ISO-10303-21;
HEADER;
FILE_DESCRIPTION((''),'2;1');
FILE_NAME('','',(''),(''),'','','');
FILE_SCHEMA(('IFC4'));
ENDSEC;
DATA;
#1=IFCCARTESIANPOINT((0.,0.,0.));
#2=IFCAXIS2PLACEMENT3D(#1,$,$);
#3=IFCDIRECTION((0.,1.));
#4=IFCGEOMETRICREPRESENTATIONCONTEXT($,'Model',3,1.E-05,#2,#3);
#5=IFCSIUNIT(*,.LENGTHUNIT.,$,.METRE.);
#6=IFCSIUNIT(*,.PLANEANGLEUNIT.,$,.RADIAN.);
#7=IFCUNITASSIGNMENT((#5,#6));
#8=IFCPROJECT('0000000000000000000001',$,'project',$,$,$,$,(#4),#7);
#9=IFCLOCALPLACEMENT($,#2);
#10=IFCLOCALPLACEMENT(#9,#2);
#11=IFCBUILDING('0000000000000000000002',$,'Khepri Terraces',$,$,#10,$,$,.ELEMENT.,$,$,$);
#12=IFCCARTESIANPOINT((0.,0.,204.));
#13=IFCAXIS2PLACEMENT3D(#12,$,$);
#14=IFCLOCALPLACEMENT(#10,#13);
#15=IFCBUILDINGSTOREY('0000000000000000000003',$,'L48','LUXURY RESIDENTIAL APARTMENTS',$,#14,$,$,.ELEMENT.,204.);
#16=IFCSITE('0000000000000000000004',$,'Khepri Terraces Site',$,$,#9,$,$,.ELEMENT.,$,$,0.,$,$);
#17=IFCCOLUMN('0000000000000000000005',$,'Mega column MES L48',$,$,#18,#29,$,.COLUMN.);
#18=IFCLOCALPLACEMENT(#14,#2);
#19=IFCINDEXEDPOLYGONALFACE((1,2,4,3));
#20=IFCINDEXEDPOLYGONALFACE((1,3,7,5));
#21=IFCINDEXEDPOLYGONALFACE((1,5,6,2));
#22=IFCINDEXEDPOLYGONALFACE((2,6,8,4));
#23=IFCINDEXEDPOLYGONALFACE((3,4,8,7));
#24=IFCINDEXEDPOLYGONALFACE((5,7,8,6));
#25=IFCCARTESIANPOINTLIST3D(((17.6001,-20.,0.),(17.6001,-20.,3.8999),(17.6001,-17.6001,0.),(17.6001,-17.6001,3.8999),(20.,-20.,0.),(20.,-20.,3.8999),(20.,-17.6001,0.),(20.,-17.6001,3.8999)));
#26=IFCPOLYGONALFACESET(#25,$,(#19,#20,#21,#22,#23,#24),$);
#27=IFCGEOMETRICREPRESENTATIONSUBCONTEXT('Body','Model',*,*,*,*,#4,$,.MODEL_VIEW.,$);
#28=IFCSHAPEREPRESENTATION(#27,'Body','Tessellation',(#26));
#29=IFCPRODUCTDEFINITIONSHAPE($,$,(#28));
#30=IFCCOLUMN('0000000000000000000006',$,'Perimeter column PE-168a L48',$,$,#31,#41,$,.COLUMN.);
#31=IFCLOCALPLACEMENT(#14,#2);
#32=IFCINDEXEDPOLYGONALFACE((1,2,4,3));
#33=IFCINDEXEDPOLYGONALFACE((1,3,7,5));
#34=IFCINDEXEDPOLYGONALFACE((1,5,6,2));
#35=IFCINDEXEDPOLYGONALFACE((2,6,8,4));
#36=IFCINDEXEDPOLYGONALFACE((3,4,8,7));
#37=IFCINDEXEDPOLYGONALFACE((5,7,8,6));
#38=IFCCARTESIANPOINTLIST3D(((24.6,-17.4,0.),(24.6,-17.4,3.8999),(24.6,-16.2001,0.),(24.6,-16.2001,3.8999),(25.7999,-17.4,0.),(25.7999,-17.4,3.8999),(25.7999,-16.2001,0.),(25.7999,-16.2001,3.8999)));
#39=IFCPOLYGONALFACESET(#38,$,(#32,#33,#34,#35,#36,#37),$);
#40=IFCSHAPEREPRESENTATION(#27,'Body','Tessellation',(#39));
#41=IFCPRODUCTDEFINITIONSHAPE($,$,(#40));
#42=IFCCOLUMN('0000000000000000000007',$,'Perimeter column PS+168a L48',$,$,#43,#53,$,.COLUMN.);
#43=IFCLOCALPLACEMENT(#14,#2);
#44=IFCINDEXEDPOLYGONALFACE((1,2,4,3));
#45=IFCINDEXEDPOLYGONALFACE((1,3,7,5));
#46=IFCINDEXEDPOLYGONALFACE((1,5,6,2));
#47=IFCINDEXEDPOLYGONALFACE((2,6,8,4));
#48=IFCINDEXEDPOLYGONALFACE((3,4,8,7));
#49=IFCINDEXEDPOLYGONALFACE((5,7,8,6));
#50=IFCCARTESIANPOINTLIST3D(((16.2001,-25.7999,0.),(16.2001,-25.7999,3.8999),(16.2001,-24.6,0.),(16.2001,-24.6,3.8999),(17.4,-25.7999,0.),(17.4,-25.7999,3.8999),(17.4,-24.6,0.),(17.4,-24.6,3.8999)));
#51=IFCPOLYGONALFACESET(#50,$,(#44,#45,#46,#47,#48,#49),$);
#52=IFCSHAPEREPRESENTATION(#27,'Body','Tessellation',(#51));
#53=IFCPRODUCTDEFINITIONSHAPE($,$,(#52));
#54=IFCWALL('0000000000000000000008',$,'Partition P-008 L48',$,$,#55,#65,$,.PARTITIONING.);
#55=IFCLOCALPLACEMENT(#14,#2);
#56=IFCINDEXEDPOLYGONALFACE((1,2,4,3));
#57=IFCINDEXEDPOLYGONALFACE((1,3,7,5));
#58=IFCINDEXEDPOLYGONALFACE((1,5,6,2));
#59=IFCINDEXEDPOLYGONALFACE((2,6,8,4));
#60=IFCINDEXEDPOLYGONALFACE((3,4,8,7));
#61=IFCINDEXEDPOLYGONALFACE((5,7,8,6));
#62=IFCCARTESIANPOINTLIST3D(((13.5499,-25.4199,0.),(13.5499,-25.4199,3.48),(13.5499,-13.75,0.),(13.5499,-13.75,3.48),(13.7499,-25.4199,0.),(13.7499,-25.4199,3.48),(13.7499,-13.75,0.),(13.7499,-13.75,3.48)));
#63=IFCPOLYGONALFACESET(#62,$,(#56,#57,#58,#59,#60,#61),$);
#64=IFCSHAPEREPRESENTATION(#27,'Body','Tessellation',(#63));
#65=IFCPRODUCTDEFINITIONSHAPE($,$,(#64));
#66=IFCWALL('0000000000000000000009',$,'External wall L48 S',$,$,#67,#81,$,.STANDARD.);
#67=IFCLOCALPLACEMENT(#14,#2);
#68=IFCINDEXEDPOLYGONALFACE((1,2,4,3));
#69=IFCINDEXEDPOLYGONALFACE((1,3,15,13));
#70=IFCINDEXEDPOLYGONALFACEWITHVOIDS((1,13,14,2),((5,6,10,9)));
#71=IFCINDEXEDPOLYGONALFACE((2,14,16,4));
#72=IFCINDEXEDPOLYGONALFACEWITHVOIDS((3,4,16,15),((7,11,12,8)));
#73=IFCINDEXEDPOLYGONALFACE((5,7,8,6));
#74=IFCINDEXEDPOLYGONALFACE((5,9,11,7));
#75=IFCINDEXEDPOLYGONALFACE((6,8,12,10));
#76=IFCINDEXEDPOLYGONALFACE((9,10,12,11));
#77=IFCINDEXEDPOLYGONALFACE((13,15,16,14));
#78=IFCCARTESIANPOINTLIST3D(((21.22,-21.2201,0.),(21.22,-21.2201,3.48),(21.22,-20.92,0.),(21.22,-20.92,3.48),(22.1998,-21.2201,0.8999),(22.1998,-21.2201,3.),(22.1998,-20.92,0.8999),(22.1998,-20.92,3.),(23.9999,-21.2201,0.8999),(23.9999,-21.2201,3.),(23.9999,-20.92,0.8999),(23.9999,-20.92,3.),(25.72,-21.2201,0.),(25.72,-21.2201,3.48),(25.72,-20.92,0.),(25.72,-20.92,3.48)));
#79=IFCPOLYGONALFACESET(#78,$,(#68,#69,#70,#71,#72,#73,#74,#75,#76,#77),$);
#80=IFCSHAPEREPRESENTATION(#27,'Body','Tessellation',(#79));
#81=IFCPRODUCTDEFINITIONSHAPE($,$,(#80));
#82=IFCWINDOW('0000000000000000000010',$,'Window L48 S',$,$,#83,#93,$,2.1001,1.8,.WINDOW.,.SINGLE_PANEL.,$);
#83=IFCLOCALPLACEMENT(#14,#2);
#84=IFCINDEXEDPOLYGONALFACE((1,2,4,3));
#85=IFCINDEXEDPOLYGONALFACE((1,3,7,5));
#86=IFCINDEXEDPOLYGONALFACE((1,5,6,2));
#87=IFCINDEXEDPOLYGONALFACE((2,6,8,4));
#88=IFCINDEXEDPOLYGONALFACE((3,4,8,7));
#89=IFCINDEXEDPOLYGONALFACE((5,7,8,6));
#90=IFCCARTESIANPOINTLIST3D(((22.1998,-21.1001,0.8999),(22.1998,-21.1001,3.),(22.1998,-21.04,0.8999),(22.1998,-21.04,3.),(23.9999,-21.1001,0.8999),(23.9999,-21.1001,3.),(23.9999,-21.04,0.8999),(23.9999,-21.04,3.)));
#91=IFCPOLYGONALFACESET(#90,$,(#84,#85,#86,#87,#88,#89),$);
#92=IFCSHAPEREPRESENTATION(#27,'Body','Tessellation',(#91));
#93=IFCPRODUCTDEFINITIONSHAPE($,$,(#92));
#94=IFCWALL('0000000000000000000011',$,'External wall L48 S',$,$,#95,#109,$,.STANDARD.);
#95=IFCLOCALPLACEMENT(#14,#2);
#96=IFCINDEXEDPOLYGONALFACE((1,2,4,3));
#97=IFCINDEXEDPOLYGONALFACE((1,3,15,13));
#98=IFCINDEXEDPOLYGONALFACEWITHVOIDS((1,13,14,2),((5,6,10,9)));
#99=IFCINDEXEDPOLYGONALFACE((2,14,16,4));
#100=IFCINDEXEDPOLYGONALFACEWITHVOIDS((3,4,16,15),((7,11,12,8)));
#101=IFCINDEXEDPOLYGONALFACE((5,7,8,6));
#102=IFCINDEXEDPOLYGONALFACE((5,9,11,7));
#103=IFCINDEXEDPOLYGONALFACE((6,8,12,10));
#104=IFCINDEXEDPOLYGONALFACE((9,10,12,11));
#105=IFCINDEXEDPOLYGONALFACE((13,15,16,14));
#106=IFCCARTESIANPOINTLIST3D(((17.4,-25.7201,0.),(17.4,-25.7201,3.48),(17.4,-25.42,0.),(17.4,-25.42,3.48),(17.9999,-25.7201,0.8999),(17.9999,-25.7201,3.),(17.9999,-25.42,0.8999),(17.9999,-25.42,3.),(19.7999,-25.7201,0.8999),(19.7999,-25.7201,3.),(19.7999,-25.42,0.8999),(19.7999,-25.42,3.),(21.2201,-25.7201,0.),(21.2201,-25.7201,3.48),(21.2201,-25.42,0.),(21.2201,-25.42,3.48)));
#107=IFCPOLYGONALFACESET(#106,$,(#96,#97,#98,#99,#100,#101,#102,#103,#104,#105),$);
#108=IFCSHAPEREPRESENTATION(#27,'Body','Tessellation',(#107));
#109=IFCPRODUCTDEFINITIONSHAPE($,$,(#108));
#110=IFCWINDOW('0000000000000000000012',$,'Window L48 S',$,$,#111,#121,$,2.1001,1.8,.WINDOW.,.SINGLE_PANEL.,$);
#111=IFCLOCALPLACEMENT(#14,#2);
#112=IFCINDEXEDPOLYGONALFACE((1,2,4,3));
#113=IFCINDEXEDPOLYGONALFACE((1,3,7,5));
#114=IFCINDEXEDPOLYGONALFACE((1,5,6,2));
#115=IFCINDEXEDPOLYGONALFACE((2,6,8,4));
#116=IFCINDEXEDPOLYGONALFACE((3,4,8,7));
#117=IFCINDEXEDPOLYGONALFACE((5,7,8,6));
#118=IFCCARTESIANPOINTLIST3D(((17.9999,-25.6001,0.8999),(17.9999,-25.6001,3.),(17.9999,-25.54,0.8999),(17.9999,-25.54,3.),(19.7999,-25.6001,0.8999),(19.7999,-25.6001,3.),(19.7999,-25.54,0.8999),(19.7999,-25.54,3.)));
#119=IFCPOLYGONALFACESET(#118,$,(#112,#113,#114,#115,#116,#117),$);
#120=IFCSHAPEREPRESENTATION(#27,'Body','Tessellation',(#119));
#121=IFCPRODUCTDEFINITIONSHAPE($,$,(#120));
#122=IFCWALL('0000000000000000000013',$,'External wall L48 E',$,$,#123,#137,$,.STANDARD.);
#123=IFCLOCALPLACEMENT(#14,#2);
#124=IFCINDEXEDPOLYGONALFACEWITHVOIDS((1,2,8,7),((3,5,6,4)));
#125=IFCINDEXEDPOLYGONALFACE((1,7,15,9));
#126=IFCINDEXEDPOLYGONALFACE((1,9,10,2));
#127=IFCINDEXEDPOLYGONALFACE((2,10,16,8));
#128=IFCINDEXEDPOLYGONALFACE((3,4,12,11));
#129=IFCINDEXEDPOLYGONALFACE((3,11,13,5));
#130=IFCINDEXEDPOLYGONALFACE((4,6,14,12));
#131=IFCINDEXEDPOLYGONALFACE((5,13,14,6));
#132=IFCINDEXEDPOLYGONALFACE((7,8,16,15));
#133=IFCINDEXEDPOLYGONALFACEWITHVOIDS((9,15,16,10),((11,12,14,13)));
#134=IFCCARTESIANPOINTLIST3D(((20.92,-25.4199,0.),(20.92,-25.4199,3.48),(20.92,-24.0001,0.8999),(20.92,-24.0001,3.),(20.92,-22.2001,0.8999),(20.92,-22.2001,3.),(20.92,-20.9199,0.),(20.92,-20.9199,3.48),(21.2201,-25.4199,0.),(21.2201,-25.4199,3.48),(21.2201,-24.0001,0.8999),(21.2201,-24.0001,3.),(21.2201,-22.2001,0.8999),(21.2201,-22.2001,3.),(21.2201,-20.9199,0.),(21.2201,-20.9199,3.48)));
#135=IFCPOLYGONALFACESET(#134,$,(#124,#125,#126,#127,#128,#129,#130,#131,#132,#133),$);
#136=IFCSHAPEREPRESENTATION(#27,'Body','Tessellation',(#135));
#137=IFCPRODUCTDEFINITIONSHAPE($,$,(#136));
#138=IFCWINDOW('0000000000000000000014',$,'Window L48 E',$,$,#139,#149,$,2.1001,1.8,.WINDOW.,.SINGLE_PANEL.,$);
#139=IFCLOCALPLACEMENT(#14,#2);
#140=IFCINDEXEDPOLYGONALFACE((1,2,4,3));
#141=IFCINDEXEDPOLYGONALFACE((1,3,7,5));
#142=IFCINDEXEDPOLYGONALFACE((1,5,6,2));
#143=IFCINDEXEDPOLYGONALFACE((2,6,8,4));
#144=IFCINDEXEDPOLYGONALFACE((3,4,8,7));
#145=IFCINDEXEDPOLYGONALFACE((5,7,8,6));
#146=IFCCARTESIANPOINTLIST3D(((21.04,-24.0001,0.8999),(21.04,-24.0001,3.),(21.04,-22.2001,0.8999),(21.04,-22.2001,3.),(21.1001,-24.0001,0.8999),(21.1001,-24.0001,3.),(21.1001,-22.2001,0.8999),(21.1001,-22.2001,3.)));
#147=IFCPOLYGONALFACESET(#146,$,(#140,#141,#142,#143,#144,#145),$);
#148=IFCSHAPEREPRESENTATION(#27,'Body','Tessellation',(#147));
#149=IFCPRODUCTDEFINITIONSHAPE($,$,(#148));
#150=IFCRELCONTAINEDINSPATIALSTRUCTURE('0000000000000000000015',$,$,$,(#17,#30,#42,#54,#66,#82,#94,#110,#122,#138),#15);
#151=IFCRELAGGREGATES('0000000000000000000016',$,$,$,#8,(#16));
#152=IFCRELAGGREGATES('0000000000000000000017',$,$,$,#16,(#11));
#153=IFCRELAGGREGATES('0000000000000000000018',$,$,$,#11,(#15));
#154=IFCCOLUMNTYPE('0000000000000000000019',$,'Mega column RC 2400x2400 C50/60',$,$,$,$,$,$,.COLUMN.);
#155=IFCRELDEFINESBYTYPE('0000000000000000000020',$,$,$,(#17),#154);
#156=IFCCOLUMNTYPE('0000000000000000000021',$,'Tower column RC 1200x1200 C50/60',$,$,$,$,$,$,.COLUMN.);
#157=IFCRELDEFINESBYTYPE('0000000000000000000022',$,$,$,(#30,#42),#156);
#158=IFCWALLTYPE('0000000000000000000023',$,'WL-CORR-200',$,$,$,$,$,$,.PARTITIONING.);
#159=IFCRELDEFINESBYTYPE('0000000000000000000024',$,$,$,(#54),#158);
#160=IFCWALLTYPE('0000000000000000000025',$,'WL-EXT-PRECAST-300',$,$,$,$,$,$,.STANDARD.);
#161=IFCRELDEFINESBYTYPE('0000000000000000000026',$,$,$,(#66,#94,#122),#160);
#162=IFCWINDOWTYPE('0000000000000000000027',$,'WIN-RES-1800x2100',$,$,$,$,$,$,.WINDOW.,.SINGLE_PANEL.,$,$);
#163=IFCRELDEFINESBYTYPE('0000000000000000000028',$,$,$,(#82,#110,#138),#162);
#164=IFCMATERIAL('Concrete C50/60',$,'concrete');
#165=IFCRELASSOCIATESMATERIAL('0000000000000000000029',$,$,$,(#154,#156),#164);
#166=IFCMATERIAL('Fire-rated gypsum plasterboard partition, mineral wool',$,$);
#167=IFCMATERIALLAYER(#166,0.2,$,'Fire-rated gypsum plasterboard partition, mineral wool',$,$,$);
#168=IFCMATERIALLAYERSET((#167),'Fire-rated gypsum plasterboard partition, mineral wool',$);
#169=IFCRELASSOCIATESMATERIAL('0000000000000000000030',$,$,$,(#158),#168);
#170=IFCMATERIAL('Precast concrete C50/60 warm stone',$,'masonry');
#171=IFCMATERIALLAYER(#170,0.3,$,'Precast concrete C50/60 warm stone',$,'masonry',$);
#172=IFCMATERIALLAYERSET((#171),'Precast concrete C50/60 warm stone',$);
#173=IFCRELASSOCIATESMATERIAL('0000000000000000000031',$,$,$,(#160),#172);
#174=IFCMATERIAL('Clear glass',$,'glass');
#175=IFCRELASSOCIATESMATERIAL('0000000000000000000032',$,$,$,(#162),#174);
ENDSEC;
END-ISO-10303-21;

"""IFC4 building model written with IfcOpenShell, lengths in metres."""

from ifc_helpers import new_model, si_unit, direction, frame, frame_2d, origin, origin_2d, place, context, subcontext, project, spatial, rectangle, extrude, material, layer, layer_set, material_profile, profile_set, type_object, element, fill, save


model = new_model("IFC4")

# Units and contexts
model_context = context("Model", 3, precision=1e-05, world=origin(), true_north=direction((0.0, 1.0)))
body_context = subcontext(model_context, "Body", "Model", "MODEL_VIEW")
ifc_project = project(units=[si_unit("LENGTHUNIT", "METRE"), si_unit("PLANEANGLEUNIT", "RADIAN")], contexts=[model_context])

# Site, building, storey
site_placement = place(None, origin())
site = spatial("IfcSite", under=ifc_project, at=site_placement, Name="Khepri Terraces Site", CompositionType="ELEMENT", RefElevation=0.0)
building_placement = place(site_placement, origin())
building = spatial("IfcBuilding", under=site, at=building_placement, Name="Khepri Terraces", CompositionType="ELEMENT")
storey_placement = place(building_placement, frame((0.0, 0.0, 204.0)))
storey = spatial("IfcBuildingStorey", under=building, at=storey_placement, Name="L48", Description="LUXURY RESIDENTIAL APARTMENTS", CompositionType="ELEMENT", Elevation=204.0)

# Columns
ifc_material_1 = material(Name="Concrete C50/60", Category="concrete")
ifc_material_profile_1 = material_profile(ifc_material_1, rectangle(XDim=2.3999, YDim=2.3999, at=origin_2d()), Name="Concrete C50/60", Category="concrete")
ifc_profile_set_1 = profile_set([ifc_material_profile_1], Name="Concrete C50/60")
column_type_1 = type_object("IfcColumnType", Name="Mega column RC 2400x2400 C50/60", PredefinedType="COLUMN", material=ifc_profile_set_1)
column_placement = place(storey_placement, frame((18.8, -18.8, 0.0), z_axis=(0.0, 0.0, 1.0), x_axis=(1.0, 0.0, 0.0)))
element("IfcColumn", 1, at=column_placement, inside=storey, type_object=column_type_1, Name="Mega column MES L48", PredefinedType="COLUMN", context=body_context, shape_type="SweptSolid", body=[
    extrude(rectangle(XDim=2.3999, YDim=2.3999, at=origin_2d()), origin(), (0.0, 0.0, 1.0), 3.8999),
])
ifc_material_profile_2 = material_profile(ifc_material_1, rectangle(XDim=1.2, YDim=1.2, at=origin_2d()), Name="Concrete C50/60", Category="concrete")
ifc_profile_set_2 = profile_set([ifc_material_profile_2], Name="Concrete C50/60")
column_type_2 = type_object("IfcColumnType", Name="Tower column RC 1200x1200 C50/60", PredefinedType="COLUMN", material=ifc_profile_set_2)
for number, where, z_axis, x_axis, name in (
    (2, (25.2, -16.8, 0.0), (0.0, 0.0, 1.0), (1.0, 0.0, 0.0), "Perimeter column PE-168a L48"),
    (3, (16.8, -25.2, 0.0), (0.0, 0.0, 1.0), (1.0, 0.0, 0.0), "Perimeter column PS+168a L48"),
):
    element("IfcColumn", number, at=place(storey_placement, frame(where, z_axis=z_axis, x_axis=x_axis)), inside=storey, type_object=column_type_2, Name=name, PredefinedType="COLUMN", context=body_context, shape_type="SweptSolid", body=[
        extrude(rectangle(XDim=1.2, YDim=1.2, at=origin_2d()), origin(), (0.0, 0.0, 1.0), 3.8999),
    ])

# Wall
ifc_material_2 = material(Name="Fire-rated gypsum plasterboard partition, mineral wool")
ifc_layer_1 = layer(ifc_material_2, 0.2, Name="Fire-rated gypsum plasterboard partition, mineral wool")
ifc_layer_set_1 = layer_set([ifc_layer_1], Name="Fire-rated gypsum plasterboard partition, mineral wool")
wall_type_1 = type_object("IfcWallType", Name="WL-CORR-200", PredefinedType="PARTITIONING", material=ifc_layer_set_1)
wall_1_placement = place(storey_placement, frame((13.6499, -25.4199, 0.0), z_axis=(0.0, 0.0, 1.0), x_axis=(0.0, 1.0, 0.0)))
element("IfcWall", 4, at=wall_1_placement, inside=storey, type_object=wall_type_1, Name="Partition P-008 L48", PredefinedType="PARTITIONING", context=body_context, shape_type="SweptSolid", body=[
    extrude(rectangle(XDim=11.6699, YDim=0.2, at=frame_2d((5.835, 0.0))), origin(), (0.0, 0.0, 1.0), 3.48),
])

# Wall, opening, window
ifc_material_3 = material(Name="Precast concrete C50/60 warm stone", Category="masonry")
ifc_layer_2 = layer(ifc_material_3, 0.3, Name="Precast concrete C50/60 warm stone", Category="masonry")
ifc_layer_set_2 = layer_set([ifc_layer_2], Name="Precast concrete C50/60 warm stone")
wall_type_2 = type_object("IfcWallType", Name="WL-EXT-PRECAST-300", PredefinedType="STANDARD", material=ifc_layer_set_2)
wall_2_placement = place(storey_placement, frame((21.22, -21.0701, 0.0), z_axis=(0.0, 0.0, 1.0), x_axis=(1.0, 0.0, 0.0)))
wall_2 = element("IfcWall", 5, at=wall_2_placement, inside=storey, type_object=wall_type_2, Name="External wall L48 S", PredefinedType="STANDARD", context=body_context, shape_type="SweptSolid", body=[
    extrude(rectangle(XDim=4.5, YDim=0.3, at=frame_2d((2.25, 0.0))), origin(), (0.0, 0.0, 1.0), 3.48),
])
opening_1_placement = place(wall_2_placement, frame((0.98, 0.0, 0.8999)))
opening_1 = element("IfcOpeningElement", 6, at=opening_1_placement, cuts=wall_2, PredefinedType="OPENING", context=body_context, shape_type="SweptSolid", body=[
    extrude(rectangle(XDim=1.8, YDim=2.1001, at=frame_2d((0.8999, 1.05))), frame((0.0, 0.1602, 0.0), z_axis=(0.0, -1.0, 0.0), x_axis=(1.0, 0.0, 0.0)), (0.0, 0.0, 1.0), 0.3201),
])
ifc_material_4 = material(Name="Clear glass", Category="glass")
window_type = type_object("IfcWindowType", Name="WIN-RES-1800x2100", PartitioningType="SINGLE_PANEL", PredefinedType="WINDOW", material=ifc_material_4)
window_1_placement = place(opening_1_placement, origin())
window_1 = element("IfcWindow", 7, at=window_1_placement, inside=storey, type_object=window_type, Name="Window L48 S", OverallHeight=2.1001, OverallWidth=1.8, PartitioningType="SINGLE_PANEL", PredefinedType="WINDOW", context=body_context, shape_type="SweptSolid", body=[
    extrude(rectangle(XDim=1.8, YDim=2.1001, at=frame_2d((0.8999, 1.05))), frame((0.0, 0.03, 0.0), z_axis=(0.0, -1.0, 0.0), x_axis=(1.0, 0.0, 0.0)), (0.0, 0.0, 1.0), 0.0601),
])
fill(opening_1, window_1)

# Walls, openings, windows
wall_3_placement = place(storey_placement, frame((17.3999, -25.5701, 0.0), z_axis=(0.0, 0.0, 1.0), x_axis=(1.0, 0.0, 0.0)))
wall_3 = element("IfcWall", 8, at=wall_3_placement, inside=storey, type_object=wall_type_2, Name="External wall L48 S", PredefinedType="STANDARD", context=body_context, shape_type="SweptSolid", body=[
    extrude(rectangle(XDim=3.8201, YDim=0.3, at=frame_2d((1.9102, 0.0))), origin(), (0.0, 0.0, 1.0), 3.48),
])
opening_2_placement = place(wall_3_placement, frame((0.6001, 0.0, 0.8999)))
opening_2 = element("IfcOpeningElement", 9, at=opening_2_placement, cuts=wall_3, PredefinedType="OPENING", context=body_context, shape_type="SweptSolid", body=[
    extrude(rectangle(XDim=1.8, YDim=2.1001, at=frame_2d((0.8999, 1.05))), frame((0.0, 0.1602, 0.0), z_axis=(0.0, -1.0, 0.0), x_axis=(1.0, 0.0, 0.0)), (0.0, 0.0, 1.0), 0.3201),
])
window_2_placement = place(opening_2_placement, origin())
window_2 = element("IfcWindow", 10, at=window_2_placement, inside=storey, type_object=window_type, Name="Window L48 S", OverallHeight=2.1001, OverallWidth=1.8, PartitioningType="SINGLE_PANEL", PredefinedType="WINDOW", context=body_context, shape_type="SweptSolid", body=[
    extrude(rectangle(XDim=1.8, YDim=2.1001, at=frame_2d((0.8999, 1.05))), frame((0.0, 0.03, 0.0), z_axis=(0.0, -1.0, 0.0), x_axis=(1.0, 0.0, 0.0)), (0.0, 0.0, 1.0), 0.0601),
])
fill(opening_2, window_2)
wall_4_placement = place(storey_placement, frame((21.0701, -25.4199, 0.0), z_axis=(0.0, 0.0, 1.0), x_axis=(0.0, 1.0, 0.0)))
wall_4 = element("IfcWall", 11, at=wall_4_placement, inside=storey, type_object=wall_type_2, Name="External wall L48 E", PredefinedType="STANDARD", context=body_context, shape_type="SweptSolid", body=[
    extrude(rectangle(XDim=4.5, YDim=0.3, at=frame_2d((2.25, 0.0))), origin(), (0.0, 0.0, 1.0), 3.48),
])
opening_3_placement = place(wall_4_placement, frame((1.4199, 0.0, 0.8999)))
opening_3 = element("IfcOpeningElement", 12, at=opening_3_placement, cuts=wall_4, PredefinedType="OPENING", context=body_context, shape_type="SweptSolid", body=[
    extrude(rectangle(XDim=1.8, YDim=2.1001, at=frame_2d((0.8999, 1.05))), frame((0.0, 0.1602, 0.0), z_axis=(0.0, -1.0, 0.0), x_axis=(1.0, 0.0, 0.0)), (0.0, 0.0, 1.0), 0.3201),
])
window_3_placement = place(opening_3_placement, origin())
window_3 = element("IfcWindow", 13, at=window_3_placement, inside=storey, type_object=window_type, Name="Window L48 E", OverallHeight=2.1001, OverallWidth=1.8, PartitioningType="SINGLE_PANEL", PredefinedType="WINDOW", context=body_context, shape_type="SweptSolid", body=[
    extrude(rectangle(XDim=1.8, YDim=2.1001, at=frame_2d((0.8999, 1.05))), frame((0.0, 0.03, 0.0), z_axis=(0.0, -1.0, 0.0), x_axis=(1.0, 0.0, 0.0)), (0.0, 0.0, 1.0), 0.0601),
])
fill(opening_3, window_3)

save(model, "model.ifc")
